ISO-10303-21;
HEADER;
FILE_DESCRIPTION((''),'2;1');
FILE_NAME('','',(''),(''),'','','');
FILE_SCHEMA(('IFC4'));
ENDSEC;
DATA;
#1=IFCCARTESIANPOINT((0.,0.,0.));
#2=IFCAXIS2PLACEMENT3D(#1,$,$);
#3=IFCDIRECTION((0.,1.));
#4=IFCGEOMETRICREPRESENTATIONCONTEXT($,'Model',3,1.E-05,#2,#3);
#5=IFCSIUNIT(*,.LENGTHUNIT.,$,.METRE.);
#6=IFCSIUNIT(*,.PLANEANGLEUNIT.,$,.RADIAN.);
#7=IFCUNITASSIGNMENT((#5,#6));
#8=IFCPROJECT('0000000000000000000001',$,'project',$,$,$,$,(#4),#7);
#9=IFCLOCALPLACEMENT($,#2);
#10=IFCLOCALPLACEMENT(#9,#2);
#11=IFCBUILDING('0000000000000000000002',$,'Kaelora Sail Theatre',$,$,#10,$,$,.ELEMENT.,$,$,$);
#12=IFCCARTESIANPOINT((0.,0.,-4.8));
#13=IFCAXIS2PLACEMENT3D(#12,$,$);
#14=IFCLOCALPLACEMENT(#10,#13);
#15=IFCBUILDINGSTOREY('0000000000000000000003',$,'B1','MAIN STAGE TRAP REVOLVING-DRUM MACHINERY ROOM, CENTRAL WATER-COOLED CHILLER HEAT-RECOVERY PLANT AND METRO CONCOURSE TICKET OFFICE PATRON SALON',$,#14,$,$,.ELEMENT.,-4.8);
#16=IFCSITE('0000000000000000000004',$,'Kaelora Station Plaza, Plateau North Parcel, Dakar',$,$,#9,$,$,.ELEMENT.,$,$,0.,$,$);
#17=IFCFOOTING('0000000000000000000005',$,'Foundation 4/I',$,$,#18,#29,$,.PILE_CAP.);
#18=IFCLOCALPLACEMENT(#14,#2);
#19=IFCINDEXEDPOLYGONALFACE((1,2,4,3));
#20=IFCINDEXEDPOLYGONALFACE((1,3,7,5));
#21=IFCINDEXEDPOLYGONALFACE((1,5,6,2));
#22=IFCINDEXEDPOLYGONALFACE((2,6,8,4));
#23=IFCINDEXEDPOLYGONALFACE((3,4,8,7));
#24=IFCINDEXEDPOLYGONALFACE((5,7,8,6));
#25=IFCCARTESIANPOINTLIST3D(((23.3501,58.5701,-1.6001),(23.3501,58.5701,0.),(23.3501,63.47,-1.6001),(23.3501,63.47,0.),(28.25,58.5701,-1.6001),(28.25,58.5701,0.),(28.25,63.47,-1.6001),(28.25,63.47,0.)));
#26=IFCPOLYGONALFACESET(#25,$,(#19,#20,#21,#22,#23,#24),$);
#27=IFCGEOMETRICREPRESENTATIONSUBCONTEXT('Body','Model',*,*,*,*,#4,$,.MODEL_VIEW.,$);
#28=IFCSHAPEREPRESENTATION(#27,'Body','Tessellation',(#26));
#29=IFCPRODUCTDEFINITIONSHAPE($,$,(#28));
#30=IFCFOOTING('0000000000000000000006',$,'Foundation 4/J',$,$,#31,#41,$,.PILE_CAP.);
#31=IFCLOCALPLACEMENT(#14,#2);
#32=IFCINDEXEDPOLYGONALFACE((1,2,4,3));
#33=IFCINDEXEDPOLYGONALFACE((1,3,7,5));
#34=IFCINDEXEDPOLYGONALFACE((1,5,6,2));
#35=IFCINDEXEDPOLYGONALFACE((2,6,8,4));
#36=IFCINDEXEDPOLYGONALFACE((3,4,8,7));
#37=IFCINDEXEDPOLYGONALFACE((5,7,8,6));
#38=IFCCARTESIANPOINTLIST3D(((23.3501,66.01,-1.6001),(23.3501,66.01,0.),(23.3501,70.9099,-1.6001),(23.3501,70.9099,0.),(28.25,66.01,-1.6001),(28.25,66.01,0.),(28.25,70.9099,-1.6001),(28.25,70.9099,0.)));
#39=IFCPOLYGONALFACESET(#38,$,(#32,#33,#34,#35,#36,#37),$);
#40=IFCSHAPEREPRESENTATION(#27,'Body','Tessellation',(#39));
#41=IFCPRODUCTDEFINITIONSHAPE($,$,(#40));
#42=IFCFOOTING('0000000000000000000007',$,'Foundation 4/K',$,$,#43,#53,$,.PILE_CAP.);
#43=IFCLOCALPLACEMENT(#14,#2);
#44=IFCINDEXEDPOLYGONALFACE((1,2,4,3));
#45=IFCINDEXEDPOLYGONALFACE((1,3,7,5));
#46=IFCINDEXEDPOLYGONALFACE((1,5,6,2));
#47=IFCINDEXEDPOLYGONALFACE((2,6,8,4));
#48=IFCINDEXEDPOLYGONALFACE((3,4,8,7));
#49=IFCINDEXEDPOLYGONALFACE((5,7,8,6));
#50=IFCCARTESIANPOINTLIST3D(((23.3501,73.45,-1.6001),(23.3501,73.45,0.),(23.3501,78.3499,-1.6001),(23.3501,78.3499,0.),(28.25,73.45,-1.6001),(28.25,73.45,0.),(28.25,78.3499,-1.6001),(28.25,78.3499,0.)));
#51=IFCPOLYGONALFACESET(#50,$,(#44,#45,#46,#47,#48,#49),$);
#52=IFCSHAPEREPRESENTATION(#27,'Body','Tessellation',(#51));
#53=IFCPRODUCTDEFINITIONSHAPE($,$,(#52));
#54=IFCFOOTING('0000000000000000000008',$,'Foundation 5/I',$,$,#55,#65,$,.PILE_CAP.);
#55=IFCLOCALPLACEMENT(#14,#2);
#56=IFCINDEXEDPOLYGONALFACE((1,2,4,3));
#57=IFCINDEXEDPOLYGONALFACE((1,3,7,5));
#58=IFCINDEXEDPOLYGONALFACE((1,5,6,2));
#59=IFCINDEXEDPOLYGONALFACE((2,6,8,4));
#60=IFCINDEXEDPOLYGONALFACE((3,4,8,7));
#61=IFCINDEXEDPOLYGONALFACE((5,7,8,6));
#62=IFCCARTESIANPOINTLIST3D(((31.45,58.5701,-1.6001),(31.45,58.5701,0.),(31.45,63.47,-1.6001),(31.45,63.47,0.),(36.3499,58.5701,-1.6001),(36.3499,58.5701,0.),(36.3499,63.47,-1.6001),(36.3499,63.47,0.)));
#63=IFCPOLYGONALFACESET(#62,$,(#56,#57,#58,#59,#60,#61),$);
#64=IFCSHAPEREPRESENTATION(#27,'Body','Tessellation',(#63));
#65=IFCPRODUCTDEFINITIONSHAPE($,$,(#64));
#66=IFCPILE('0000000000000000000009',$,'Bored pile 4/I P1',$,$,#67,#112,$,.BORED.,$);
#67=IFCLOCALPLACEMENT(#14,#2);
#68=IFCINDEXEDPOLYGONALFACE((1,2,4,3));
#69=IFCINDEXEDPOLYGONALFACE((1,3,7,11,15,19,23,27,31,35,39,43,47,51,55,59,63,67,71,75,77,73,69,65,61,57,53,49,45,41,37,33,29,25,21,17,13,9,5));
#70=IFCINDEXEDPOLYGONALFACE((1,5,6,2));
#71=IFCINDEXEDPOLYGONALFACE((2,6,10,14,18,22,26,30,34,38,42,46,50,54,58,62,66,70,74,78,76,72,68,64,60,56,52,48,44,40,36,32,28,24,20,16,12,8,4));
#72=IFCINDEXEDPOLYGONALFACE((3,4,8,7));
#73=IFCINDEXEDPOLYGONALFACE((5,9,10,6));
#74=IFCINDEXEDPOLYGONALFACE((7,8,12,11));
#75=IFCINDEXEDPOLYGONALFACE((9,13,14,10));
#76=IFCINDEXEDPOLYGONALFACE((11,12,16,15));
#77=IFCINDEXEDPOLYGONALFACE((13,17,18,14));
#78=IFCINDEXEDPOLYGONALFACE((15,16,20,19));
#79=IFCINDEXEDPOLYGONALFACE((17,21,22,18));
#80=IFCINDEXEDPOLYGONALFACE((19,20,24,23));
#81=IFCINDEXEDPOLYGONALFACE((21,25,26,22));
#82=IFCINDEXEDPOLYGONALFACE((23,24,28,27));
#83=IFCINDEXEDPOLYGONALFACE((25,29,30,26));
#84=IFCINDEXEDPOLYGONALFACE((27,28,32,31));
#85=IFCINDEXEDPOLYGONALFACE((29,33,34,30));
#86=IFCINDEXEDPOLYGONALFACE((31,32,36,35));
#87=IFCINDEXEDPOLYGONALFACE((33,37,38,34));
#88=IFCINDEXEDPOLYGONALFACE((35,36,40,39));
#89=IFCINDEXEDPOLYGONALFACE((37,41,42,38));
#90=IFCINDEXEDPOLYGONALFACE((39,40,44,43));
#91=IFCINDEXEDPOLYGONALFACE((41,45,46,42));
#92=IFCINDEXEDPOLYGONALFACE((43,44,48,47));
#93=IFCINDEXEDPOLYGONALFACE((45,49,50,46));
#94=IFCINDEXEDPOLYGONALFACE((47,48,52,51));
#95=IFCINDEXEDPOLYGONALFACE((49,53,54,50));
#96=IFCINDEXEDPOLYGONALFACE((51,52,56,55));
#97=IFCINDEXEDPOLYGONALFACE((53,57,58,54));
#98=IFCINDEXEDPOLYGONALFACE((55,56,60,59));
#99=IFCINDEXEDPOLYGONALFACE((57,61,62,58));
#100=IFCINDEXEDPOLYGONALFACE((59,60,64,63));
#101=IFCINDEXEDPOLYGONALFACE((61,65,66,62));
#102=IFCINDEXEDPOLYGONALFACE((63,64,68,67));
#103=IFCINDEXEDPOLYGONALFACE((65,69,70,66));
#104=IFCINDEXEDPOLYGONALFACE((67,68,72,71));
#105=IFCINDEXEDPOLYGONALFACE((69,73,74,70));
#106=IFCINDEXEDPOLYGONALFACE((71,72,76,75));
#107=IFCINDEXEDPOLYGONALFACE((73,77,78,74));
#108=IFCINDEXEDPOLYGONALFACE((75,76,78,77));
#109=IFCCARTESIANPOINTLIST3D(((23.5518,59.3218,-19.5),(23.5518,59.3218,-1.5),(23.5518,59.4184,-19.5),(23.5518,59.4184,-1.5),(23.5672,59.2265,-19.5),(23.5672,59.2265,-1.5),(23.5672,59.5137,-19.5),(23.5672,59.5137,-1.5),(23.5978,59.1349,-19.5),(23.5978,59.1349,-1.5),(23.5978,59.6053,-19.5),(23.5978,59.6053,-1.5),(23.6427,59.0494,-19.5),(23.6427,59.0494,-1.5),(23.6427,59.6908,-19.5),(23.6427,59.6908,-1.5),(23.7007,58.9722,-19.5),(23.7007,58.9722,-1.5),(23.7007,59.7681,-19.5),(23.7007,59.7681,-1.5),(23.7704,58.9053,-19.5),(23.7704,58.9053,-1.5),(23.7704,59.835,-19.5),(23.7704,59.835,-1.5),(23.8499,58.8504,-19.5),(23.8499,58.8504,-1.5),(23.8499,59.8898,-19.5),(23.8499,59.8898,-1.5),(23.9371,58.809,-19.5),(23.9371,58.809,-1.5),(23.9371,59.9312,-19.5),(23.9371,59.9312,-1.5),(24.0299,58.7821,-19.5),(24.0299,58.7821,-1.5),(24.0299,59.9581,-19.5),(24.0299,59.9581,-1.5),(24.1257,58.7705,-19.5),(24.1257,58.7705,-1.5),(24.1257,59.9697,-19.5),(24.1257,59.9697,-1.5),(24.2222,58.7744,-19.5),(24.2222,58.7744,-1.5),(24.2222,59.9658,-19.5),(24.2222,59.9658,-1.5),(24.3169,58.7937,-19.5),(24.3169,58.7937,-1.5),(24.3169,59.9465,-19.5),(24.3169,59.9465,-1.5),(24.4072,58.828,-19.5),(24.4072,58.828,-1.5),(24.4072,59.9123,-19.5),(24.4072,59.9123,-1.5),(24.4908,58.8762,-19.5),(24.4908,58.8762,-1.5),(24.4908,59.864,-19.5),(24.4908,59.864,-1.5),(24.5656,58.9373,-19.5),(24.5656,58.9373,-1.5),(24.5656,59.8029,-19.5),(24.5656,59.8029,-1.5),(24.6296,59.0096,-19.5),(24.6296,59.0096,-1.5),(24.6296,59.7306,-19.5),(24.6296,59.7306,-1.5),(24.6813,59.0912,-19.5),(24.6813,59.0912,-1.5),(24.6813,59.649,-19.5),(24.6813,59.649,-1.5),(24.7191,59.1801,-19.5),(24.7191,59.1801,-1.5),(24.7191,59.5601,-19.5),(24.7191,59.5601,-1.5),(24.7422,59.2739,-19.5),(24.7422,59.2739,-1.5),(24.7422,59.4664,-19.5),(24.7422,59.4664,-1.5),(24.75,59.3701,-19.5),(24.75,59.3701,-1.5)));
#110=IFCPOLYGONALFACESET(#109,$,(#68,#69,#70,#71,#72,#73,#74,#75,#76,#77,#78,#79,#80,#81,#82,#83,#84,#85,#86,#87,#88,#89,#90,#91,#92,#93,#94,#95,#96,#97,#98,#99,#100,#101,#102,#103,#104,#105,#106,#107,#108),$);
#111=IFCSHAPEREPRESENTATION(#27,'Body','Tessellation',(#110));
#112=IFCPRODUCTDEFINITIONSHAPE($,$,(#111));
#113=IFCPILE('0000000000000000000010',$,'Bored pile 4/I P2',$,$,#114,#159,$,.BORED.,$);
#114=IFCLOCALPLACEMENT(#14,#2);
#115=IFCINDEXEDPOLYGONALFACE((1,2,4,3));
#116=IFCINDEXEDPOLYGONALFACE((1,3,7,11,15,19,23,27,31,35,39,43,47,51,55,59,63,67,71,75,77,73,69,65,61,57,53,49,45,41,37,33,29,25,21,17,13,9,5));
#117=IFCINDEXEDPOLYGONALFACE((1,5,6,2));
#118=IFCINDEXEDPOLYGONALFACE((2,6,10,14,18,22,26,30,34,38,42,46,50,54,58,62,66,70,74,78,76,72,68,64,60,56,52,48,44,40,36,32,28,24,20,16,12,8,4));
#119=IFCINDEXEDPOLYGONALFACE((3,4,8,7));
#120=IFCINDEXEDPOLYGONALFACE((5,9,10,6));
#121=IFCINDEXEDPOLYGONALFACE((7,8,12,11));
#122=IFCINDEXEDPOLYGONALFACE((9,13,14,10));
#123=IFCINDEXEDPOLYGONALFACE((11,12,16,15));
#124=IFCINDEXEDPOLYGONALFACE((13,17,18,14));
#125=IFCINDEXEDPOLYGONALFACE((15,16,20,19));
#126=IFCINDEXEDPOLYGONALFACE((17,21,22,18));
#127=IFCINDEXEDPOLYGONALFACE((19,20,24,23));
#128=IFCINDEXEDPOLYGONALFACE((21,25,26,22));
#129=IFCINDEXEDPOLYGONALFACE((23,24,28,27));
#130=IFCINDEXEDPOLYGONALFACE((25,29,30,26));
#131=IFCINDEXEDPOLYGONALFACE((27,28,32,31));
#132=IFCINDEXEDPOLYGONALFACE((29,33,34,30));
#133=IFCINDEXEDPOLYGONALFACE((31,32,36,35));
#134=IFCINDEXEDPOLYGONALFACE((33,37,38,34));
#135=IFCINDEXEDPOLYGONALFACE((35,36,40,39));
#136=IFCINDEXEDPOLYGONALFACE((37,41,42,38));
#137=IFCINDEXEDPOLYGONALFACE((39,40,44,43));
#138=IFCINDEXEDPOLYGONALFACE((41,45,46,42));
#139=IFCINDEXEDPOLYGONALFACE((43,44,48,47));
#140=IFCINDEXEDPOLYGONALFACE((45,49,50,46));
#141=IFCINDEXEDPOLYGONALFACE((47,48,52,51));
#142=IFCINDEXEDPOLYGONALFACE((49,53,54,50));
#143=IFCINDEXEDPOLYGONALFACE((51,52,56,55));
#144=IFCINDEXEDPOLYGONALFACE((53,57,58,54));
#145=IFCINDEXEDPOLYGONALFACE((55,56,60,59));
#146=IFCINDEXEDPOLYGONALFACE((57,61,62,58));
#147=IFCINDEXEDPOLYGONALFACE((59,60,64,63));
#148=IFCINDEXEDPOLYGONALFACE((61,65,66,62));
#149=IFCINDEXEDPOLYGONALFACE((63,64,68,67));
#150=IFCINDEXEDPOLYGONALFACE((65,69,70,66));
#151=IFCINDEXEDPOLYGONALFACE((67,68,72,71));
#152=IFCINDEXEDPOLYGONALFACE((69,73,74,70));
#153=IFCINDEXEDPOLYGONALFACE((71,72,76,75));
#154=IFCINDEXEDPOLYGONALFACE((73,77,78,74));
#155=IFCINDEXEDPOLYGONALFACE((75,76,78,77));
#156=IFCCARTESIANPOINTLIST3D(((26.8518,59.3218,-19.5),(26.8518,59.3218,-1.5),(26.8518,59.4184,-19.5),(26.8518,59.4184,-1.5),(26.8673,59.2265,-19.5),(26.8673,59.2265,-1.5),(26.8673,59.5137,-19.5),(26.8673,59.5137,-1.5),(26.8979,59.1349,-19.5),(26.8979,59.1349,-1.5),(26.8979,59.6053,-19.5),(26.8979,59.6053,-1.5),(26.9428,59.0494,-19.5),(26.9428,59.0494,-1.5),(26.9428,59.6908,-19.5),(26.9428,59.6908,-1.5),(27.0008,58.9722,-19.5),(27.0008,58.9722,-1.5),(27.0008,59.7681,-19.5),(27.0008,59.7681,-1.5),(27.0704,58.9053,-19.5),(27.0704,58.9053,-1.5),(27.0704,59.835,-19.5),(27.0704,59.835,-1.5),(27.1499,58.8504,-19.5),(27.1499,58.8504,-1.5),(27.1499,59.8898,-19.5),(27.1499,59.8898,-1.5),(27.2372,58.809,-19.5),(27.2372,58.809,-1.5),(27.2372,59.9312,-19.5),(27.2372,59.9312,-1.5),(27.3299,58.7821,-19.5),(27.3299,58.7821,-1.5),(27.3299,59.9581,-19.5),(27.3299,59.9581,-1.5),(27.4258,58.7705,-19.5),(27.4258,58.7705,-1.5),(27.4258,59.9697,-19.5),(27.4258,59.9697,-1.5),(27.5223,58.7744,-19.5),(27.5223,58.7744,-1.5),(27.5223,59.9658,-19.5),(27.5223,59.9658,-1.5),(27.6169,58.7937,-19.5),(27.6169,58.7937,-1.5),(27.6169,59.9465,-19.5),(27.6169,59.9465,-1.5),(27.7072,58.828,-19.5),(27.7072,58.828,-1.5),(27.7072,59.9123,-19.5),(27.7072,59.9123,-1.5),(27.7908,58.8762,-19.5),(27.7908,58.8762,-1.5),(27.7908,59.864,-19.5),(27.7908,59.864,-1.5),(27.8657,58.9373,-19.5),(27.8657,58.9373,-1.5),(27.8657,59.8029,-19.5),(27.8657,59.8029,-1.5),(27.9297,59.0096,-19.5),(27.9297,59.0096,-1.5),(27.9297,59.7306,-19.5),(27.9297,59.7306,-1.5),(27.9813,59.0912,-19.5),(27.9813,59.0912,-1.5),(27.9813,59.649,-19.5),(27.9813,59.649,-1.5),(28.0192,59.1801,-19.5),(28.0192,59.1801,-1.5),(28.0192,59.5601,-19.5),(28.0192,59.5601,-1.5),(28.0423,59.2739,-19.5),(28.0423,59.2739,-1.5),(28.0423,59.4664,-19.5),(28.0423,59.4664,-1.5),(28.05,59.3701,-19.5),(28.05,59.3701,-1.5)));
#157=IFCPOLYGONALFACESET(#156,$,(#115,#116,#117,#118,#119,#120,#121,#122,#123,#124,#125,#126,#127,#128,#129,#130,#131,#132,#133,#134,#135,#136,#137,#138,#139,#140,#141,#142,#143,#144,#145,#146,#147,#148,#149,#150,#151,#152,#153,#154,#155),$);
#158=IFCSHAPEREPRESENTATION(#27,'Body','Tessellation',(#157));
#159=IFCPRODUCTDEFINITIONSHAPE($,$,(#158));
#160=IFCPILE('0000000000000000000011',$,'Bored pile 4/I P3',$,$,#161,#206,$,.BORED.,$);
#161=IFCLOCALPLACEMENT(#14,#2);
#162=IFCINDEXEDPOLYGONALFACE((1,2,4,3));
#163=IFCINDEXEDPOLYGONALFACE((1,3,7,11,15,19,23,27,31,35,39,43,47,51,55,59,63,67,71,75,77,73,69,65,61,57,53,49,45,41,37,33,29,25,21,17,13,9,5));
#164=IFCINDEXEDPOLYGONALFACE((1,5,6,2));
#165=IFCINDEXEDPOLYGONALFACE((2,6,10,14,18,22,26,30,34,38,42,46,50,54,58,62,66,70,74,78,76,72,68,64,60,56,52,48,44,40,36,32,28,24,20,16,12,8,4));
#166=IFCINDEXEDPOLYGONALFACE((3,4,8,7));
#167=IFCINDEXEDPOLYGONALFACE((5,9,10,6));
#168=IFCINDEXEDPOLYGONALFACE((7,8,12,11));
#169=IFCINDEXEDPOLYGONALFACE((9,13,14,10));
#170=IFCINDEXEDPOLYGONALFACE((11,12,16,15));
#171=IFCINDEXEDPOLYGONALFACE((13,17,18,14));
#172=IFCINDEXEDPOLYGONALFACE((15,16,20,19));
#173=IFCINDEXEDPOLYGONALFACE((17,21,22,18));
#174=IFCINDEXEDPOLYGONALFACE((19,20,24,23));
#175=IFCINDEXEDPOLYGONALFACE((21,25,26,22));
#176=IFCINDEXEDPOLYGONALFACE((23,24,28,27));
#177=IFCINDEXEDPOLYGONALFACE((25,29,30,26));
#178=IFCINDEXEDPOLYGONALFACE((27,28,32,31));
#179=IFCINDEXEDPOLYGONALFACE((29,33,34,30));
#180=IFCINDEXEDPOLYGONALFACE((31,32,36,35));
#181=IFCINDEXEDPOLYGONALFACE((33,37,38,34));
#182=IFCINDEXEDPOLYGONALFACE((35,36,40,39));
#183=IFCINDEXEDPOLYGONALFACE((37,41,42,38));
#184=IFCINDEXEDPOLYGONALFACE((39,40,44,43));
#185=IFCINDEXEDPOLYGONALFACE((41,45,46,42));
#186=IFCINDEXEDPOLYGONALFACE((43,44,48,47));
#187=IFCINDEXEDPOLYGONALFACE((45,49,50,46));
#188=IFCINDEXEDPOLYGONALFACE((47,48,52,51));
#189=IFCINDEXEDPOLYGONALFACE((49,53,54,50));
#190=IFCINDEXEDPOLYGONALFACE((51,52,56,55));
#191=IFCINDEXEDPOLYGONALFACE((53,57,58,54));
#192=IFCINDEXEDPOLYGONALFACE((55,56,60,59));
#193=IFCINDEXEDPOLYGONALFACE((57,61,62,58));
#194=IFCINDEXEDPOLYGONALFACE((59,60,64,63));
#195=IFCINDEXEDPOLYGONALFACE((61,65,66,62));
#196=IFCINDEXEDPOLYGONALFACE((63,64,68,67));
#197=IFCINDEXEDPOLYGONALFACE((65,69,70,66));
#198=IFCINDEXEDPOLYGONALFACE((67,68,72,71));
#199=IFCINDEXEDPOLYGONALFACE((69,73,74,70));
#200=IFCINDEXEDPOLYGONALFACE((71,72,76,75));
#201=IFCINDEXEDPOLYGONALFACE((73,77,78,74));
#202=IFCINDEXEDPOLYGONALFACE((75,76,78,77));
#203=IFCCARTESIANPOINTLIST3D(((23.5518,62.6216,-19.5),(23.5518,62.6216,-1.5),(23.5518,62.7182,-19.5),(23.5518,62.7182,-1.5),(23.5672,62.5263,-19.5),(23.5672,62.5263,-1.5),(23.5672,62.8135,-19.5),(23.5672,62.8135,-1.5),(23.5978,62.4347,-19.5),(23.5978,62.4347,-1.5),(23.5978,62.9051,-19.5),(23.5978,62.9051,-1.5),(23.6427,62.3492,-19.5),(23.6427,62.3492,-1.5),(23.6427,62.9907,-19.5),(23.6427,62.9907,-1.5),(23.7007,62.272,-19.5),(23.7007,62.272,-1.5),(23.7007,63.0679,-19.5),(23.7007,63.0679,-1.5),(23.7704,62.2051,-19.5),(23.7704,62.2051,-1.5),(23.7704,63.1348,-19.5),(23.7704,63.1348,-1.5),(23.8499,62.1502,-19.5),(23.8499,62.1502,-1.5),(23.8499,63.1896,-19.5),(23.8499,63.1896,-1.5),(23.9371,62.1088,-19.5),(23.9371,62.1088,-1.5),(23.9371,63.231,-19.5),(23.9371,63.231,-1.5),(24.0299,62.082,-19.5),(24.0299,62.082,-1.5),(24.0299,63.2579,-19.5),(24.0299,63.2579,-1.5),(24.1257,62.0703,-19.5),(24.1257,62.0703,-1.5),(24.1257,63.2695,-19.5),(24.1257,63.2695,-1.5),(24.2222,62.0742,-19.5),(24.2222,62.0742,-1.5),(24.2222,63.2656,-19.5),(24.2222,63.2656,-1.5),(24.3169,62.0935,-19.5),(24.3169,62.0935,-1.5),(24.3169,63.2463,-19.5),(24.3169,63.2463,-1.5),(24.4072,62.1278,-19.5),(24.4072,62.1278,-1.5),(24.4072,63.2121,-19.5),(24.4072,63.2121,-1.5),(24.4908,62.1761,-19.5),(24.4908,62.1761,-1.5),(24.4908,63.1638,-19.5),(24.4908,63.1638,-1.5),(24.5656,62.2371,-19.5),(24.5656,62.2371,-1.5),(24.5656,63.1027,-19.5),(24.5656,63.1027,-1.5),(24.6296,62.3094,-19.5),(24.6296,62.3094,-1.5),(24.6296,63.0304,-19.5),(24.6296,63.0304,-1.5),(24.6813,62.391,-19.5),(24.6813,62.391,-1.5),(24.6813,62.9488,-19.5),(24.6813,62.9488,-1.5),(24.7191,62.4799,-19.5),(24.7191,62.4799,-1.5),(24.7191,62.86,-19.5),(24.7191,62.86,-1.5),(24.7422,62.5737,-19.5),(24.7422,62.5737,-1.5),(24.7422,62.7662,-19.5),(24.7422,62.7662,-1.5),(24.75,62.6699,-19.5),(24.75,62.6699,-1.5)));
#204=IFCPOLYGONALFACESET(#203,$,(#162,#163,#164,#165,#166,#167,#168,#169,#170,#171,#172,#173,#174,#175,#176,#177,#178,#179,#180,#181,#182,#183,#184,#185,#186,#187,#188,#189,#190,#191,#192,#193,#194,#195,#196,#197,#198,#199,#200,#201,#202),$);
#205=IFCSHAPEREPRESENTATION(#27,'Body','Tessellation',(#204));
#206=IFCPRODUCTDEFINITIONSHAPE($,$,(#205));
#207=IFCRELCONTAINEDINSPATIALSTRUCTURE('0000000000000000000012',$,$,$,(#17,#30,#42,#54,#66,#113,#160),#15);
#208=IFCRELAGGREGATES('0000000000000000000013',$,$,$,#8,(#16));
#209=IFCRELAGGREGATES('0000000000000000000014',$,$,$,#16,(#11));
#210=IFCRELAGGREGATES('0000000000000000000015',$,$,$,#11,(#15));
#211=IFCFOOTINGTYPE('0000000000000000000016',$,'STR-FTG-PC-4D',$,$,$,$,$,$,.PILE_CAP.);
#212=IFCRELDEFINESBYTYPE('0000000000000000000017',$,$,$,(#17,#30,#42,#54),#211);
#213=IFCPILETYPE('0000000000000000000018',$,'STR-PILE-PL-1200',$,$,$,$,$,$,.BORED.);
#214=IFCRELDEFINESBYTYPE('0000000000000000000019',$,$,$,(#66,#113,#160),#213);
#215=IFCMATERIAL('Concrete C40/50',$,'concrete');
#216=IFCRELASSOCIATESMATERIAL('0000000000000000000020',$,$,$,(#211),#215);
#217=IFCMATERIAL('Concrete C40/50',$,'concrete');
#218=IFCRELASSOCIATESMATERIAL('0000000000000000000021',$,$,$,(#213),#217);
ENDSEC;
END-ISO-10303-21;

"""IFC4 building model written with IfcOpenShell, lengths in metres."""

from ifc_helpers import new_model, si_unit, direction, frame, origin, origin_2d, place, context, subcontext, project, spatial, rectangle, circle, extrude, material, material_profile, profile_set, type_object, element, save


model = new_model("IFC4")

# Units and contexts
model_context = context("Model", 3, precision=1e-05, world=origin(), true_north=direction((0.0, 1.0)))
body_context = subcontext(model_context, "Body", "Model", "MODEL_VIEW")
ifc_project = project(units=[si_unit("LENGTHUNIT", "METRE"), si_unit("PLANEANGLEUNIT", "RADIAN")], contexts=[model_context])

# Site, building, storey
site_placement = place(None, origin())
site = spatial("IfcSite", under=ifc_project, at=site_placement, Name="Kaelora Station Plaza, Plateau North Parcel, Dakar", CompositionType="ELEMENT", RefElevation=0.0)
building_placement = place(site_placement, origin())
building = spatial("IfcBuilding", under=site, at=building_placement, Name="Kaelora Sail Theatre", CompositionType="ELEMENT")
storey_placement = place(building_placement, frame((0.0, 0.0, -4.8)))
storey = spatial("IfcBuildingStorey", under=building, at=storey_placement, Name="B1", Description="MAIN STAGE TRAP REVOLVING-DRUM MACHINERY ROOM, CENTRAL WATER-COOLED CHILLER HEAT-RECOVERY PLANT AND METRO CONCOURSE TICKET OFFICE PATRON SALON", CompositionType="ELEMENT", Elevation=-4.8)

# Footings
ifc_material_1 = material(Name="Concrete C40/50", Category="concrete")
footing_type = type_object("IfcFootingType", Name="STR-FTG-PC-4D", PredefinedType="PILE_CAP", material=ifc_material_1)
for number, where, z_axis, x_axis, name in (
    (1, (25.8, 61.02, -1.6001), (0.0, 0.0, 1.0), (1.0, 0.0, 0.0), "Foundation 4/I"),
    (2, (25.8, 68.46, -1.6001), (0.0, 0.0, 1.0), (1.0, 0.0, 0.0), "Foundation 4/J"),
    (3, (25.8, 75.8999, -1.6001), (0.0, 0.0, 1.0), (1.0, 0.0, 0.0), "Foundation 4/K"),
    (4, (33.8999, 61.02, -1.6001), (0.0, 0.0, 1.0), (1.0, 0.0, 0.0), "Foundation 5/I"),
):
    element("IfcFooting", number, at=place(storey_placement, frame(where, z_axis=z_axis, x_axis=x_axis)), inside=storey, type_object=footing_type, Name=name, PredefinedType="PILE_CAP", context=body_context, shape_type="SweptSolid", body=[
        extrude(rectangle(XDim=4.8999, YDim=4.8999, at=origin_2d()), origin(), (0.0, 0.0, 1.0), 1.6001),
    ])

# Piles
ifc_material_2 = material(Name="Concrete C40/50", Category="concrete")
ifc_material_profile_1 = material_profile(ifc_material_2, circle(Radius=0.6001, at=origin_2d()), Name="PILE D1200")
ifc_profile_set_1 = profile_set([ifc_material_profile_1], Name="Concrete C40/50")
pile_type = type_object("IfcPileType", Name="STR-PILE-PL-1200", PredefinedType="BORED", material=ifc_profile_set_1)
for number, where, z_axis, x_axis, name in (
    (5, (24.1499, 59.3701, -1.5), (0.0, 0.0, -1.0), (1.0, 0.0, 0.0), "Bored pile 4/I P1"),
    (6, (27.45, 59.3701, -1.5), (0.0, 0.0, -1.0), (1.0, 0.0, 0.0), "Bored pile 4/I P2"),
    (7, (24.1499, 62.6699, -1.5), (0.0, 0.0, -1.0), (1.0, 0.0, 0.0), "Bored pile 4/I P3"),
):
    element("IfcPile", number, at=place(storey_placement, frame(where, z_axis=z_axis, x_axis=x_axis)), inside=storey, type_object=pile_type, Name=name, PredefinedType="BORED", context=body_context, shape_type="SweptSolid", body=[
        extrude(circle(Radius=0.6001, at=origin_2d()), origin(), (0.0, 0.0, 1.0), 18.0),
    ])

save(model, "model.ifc")
